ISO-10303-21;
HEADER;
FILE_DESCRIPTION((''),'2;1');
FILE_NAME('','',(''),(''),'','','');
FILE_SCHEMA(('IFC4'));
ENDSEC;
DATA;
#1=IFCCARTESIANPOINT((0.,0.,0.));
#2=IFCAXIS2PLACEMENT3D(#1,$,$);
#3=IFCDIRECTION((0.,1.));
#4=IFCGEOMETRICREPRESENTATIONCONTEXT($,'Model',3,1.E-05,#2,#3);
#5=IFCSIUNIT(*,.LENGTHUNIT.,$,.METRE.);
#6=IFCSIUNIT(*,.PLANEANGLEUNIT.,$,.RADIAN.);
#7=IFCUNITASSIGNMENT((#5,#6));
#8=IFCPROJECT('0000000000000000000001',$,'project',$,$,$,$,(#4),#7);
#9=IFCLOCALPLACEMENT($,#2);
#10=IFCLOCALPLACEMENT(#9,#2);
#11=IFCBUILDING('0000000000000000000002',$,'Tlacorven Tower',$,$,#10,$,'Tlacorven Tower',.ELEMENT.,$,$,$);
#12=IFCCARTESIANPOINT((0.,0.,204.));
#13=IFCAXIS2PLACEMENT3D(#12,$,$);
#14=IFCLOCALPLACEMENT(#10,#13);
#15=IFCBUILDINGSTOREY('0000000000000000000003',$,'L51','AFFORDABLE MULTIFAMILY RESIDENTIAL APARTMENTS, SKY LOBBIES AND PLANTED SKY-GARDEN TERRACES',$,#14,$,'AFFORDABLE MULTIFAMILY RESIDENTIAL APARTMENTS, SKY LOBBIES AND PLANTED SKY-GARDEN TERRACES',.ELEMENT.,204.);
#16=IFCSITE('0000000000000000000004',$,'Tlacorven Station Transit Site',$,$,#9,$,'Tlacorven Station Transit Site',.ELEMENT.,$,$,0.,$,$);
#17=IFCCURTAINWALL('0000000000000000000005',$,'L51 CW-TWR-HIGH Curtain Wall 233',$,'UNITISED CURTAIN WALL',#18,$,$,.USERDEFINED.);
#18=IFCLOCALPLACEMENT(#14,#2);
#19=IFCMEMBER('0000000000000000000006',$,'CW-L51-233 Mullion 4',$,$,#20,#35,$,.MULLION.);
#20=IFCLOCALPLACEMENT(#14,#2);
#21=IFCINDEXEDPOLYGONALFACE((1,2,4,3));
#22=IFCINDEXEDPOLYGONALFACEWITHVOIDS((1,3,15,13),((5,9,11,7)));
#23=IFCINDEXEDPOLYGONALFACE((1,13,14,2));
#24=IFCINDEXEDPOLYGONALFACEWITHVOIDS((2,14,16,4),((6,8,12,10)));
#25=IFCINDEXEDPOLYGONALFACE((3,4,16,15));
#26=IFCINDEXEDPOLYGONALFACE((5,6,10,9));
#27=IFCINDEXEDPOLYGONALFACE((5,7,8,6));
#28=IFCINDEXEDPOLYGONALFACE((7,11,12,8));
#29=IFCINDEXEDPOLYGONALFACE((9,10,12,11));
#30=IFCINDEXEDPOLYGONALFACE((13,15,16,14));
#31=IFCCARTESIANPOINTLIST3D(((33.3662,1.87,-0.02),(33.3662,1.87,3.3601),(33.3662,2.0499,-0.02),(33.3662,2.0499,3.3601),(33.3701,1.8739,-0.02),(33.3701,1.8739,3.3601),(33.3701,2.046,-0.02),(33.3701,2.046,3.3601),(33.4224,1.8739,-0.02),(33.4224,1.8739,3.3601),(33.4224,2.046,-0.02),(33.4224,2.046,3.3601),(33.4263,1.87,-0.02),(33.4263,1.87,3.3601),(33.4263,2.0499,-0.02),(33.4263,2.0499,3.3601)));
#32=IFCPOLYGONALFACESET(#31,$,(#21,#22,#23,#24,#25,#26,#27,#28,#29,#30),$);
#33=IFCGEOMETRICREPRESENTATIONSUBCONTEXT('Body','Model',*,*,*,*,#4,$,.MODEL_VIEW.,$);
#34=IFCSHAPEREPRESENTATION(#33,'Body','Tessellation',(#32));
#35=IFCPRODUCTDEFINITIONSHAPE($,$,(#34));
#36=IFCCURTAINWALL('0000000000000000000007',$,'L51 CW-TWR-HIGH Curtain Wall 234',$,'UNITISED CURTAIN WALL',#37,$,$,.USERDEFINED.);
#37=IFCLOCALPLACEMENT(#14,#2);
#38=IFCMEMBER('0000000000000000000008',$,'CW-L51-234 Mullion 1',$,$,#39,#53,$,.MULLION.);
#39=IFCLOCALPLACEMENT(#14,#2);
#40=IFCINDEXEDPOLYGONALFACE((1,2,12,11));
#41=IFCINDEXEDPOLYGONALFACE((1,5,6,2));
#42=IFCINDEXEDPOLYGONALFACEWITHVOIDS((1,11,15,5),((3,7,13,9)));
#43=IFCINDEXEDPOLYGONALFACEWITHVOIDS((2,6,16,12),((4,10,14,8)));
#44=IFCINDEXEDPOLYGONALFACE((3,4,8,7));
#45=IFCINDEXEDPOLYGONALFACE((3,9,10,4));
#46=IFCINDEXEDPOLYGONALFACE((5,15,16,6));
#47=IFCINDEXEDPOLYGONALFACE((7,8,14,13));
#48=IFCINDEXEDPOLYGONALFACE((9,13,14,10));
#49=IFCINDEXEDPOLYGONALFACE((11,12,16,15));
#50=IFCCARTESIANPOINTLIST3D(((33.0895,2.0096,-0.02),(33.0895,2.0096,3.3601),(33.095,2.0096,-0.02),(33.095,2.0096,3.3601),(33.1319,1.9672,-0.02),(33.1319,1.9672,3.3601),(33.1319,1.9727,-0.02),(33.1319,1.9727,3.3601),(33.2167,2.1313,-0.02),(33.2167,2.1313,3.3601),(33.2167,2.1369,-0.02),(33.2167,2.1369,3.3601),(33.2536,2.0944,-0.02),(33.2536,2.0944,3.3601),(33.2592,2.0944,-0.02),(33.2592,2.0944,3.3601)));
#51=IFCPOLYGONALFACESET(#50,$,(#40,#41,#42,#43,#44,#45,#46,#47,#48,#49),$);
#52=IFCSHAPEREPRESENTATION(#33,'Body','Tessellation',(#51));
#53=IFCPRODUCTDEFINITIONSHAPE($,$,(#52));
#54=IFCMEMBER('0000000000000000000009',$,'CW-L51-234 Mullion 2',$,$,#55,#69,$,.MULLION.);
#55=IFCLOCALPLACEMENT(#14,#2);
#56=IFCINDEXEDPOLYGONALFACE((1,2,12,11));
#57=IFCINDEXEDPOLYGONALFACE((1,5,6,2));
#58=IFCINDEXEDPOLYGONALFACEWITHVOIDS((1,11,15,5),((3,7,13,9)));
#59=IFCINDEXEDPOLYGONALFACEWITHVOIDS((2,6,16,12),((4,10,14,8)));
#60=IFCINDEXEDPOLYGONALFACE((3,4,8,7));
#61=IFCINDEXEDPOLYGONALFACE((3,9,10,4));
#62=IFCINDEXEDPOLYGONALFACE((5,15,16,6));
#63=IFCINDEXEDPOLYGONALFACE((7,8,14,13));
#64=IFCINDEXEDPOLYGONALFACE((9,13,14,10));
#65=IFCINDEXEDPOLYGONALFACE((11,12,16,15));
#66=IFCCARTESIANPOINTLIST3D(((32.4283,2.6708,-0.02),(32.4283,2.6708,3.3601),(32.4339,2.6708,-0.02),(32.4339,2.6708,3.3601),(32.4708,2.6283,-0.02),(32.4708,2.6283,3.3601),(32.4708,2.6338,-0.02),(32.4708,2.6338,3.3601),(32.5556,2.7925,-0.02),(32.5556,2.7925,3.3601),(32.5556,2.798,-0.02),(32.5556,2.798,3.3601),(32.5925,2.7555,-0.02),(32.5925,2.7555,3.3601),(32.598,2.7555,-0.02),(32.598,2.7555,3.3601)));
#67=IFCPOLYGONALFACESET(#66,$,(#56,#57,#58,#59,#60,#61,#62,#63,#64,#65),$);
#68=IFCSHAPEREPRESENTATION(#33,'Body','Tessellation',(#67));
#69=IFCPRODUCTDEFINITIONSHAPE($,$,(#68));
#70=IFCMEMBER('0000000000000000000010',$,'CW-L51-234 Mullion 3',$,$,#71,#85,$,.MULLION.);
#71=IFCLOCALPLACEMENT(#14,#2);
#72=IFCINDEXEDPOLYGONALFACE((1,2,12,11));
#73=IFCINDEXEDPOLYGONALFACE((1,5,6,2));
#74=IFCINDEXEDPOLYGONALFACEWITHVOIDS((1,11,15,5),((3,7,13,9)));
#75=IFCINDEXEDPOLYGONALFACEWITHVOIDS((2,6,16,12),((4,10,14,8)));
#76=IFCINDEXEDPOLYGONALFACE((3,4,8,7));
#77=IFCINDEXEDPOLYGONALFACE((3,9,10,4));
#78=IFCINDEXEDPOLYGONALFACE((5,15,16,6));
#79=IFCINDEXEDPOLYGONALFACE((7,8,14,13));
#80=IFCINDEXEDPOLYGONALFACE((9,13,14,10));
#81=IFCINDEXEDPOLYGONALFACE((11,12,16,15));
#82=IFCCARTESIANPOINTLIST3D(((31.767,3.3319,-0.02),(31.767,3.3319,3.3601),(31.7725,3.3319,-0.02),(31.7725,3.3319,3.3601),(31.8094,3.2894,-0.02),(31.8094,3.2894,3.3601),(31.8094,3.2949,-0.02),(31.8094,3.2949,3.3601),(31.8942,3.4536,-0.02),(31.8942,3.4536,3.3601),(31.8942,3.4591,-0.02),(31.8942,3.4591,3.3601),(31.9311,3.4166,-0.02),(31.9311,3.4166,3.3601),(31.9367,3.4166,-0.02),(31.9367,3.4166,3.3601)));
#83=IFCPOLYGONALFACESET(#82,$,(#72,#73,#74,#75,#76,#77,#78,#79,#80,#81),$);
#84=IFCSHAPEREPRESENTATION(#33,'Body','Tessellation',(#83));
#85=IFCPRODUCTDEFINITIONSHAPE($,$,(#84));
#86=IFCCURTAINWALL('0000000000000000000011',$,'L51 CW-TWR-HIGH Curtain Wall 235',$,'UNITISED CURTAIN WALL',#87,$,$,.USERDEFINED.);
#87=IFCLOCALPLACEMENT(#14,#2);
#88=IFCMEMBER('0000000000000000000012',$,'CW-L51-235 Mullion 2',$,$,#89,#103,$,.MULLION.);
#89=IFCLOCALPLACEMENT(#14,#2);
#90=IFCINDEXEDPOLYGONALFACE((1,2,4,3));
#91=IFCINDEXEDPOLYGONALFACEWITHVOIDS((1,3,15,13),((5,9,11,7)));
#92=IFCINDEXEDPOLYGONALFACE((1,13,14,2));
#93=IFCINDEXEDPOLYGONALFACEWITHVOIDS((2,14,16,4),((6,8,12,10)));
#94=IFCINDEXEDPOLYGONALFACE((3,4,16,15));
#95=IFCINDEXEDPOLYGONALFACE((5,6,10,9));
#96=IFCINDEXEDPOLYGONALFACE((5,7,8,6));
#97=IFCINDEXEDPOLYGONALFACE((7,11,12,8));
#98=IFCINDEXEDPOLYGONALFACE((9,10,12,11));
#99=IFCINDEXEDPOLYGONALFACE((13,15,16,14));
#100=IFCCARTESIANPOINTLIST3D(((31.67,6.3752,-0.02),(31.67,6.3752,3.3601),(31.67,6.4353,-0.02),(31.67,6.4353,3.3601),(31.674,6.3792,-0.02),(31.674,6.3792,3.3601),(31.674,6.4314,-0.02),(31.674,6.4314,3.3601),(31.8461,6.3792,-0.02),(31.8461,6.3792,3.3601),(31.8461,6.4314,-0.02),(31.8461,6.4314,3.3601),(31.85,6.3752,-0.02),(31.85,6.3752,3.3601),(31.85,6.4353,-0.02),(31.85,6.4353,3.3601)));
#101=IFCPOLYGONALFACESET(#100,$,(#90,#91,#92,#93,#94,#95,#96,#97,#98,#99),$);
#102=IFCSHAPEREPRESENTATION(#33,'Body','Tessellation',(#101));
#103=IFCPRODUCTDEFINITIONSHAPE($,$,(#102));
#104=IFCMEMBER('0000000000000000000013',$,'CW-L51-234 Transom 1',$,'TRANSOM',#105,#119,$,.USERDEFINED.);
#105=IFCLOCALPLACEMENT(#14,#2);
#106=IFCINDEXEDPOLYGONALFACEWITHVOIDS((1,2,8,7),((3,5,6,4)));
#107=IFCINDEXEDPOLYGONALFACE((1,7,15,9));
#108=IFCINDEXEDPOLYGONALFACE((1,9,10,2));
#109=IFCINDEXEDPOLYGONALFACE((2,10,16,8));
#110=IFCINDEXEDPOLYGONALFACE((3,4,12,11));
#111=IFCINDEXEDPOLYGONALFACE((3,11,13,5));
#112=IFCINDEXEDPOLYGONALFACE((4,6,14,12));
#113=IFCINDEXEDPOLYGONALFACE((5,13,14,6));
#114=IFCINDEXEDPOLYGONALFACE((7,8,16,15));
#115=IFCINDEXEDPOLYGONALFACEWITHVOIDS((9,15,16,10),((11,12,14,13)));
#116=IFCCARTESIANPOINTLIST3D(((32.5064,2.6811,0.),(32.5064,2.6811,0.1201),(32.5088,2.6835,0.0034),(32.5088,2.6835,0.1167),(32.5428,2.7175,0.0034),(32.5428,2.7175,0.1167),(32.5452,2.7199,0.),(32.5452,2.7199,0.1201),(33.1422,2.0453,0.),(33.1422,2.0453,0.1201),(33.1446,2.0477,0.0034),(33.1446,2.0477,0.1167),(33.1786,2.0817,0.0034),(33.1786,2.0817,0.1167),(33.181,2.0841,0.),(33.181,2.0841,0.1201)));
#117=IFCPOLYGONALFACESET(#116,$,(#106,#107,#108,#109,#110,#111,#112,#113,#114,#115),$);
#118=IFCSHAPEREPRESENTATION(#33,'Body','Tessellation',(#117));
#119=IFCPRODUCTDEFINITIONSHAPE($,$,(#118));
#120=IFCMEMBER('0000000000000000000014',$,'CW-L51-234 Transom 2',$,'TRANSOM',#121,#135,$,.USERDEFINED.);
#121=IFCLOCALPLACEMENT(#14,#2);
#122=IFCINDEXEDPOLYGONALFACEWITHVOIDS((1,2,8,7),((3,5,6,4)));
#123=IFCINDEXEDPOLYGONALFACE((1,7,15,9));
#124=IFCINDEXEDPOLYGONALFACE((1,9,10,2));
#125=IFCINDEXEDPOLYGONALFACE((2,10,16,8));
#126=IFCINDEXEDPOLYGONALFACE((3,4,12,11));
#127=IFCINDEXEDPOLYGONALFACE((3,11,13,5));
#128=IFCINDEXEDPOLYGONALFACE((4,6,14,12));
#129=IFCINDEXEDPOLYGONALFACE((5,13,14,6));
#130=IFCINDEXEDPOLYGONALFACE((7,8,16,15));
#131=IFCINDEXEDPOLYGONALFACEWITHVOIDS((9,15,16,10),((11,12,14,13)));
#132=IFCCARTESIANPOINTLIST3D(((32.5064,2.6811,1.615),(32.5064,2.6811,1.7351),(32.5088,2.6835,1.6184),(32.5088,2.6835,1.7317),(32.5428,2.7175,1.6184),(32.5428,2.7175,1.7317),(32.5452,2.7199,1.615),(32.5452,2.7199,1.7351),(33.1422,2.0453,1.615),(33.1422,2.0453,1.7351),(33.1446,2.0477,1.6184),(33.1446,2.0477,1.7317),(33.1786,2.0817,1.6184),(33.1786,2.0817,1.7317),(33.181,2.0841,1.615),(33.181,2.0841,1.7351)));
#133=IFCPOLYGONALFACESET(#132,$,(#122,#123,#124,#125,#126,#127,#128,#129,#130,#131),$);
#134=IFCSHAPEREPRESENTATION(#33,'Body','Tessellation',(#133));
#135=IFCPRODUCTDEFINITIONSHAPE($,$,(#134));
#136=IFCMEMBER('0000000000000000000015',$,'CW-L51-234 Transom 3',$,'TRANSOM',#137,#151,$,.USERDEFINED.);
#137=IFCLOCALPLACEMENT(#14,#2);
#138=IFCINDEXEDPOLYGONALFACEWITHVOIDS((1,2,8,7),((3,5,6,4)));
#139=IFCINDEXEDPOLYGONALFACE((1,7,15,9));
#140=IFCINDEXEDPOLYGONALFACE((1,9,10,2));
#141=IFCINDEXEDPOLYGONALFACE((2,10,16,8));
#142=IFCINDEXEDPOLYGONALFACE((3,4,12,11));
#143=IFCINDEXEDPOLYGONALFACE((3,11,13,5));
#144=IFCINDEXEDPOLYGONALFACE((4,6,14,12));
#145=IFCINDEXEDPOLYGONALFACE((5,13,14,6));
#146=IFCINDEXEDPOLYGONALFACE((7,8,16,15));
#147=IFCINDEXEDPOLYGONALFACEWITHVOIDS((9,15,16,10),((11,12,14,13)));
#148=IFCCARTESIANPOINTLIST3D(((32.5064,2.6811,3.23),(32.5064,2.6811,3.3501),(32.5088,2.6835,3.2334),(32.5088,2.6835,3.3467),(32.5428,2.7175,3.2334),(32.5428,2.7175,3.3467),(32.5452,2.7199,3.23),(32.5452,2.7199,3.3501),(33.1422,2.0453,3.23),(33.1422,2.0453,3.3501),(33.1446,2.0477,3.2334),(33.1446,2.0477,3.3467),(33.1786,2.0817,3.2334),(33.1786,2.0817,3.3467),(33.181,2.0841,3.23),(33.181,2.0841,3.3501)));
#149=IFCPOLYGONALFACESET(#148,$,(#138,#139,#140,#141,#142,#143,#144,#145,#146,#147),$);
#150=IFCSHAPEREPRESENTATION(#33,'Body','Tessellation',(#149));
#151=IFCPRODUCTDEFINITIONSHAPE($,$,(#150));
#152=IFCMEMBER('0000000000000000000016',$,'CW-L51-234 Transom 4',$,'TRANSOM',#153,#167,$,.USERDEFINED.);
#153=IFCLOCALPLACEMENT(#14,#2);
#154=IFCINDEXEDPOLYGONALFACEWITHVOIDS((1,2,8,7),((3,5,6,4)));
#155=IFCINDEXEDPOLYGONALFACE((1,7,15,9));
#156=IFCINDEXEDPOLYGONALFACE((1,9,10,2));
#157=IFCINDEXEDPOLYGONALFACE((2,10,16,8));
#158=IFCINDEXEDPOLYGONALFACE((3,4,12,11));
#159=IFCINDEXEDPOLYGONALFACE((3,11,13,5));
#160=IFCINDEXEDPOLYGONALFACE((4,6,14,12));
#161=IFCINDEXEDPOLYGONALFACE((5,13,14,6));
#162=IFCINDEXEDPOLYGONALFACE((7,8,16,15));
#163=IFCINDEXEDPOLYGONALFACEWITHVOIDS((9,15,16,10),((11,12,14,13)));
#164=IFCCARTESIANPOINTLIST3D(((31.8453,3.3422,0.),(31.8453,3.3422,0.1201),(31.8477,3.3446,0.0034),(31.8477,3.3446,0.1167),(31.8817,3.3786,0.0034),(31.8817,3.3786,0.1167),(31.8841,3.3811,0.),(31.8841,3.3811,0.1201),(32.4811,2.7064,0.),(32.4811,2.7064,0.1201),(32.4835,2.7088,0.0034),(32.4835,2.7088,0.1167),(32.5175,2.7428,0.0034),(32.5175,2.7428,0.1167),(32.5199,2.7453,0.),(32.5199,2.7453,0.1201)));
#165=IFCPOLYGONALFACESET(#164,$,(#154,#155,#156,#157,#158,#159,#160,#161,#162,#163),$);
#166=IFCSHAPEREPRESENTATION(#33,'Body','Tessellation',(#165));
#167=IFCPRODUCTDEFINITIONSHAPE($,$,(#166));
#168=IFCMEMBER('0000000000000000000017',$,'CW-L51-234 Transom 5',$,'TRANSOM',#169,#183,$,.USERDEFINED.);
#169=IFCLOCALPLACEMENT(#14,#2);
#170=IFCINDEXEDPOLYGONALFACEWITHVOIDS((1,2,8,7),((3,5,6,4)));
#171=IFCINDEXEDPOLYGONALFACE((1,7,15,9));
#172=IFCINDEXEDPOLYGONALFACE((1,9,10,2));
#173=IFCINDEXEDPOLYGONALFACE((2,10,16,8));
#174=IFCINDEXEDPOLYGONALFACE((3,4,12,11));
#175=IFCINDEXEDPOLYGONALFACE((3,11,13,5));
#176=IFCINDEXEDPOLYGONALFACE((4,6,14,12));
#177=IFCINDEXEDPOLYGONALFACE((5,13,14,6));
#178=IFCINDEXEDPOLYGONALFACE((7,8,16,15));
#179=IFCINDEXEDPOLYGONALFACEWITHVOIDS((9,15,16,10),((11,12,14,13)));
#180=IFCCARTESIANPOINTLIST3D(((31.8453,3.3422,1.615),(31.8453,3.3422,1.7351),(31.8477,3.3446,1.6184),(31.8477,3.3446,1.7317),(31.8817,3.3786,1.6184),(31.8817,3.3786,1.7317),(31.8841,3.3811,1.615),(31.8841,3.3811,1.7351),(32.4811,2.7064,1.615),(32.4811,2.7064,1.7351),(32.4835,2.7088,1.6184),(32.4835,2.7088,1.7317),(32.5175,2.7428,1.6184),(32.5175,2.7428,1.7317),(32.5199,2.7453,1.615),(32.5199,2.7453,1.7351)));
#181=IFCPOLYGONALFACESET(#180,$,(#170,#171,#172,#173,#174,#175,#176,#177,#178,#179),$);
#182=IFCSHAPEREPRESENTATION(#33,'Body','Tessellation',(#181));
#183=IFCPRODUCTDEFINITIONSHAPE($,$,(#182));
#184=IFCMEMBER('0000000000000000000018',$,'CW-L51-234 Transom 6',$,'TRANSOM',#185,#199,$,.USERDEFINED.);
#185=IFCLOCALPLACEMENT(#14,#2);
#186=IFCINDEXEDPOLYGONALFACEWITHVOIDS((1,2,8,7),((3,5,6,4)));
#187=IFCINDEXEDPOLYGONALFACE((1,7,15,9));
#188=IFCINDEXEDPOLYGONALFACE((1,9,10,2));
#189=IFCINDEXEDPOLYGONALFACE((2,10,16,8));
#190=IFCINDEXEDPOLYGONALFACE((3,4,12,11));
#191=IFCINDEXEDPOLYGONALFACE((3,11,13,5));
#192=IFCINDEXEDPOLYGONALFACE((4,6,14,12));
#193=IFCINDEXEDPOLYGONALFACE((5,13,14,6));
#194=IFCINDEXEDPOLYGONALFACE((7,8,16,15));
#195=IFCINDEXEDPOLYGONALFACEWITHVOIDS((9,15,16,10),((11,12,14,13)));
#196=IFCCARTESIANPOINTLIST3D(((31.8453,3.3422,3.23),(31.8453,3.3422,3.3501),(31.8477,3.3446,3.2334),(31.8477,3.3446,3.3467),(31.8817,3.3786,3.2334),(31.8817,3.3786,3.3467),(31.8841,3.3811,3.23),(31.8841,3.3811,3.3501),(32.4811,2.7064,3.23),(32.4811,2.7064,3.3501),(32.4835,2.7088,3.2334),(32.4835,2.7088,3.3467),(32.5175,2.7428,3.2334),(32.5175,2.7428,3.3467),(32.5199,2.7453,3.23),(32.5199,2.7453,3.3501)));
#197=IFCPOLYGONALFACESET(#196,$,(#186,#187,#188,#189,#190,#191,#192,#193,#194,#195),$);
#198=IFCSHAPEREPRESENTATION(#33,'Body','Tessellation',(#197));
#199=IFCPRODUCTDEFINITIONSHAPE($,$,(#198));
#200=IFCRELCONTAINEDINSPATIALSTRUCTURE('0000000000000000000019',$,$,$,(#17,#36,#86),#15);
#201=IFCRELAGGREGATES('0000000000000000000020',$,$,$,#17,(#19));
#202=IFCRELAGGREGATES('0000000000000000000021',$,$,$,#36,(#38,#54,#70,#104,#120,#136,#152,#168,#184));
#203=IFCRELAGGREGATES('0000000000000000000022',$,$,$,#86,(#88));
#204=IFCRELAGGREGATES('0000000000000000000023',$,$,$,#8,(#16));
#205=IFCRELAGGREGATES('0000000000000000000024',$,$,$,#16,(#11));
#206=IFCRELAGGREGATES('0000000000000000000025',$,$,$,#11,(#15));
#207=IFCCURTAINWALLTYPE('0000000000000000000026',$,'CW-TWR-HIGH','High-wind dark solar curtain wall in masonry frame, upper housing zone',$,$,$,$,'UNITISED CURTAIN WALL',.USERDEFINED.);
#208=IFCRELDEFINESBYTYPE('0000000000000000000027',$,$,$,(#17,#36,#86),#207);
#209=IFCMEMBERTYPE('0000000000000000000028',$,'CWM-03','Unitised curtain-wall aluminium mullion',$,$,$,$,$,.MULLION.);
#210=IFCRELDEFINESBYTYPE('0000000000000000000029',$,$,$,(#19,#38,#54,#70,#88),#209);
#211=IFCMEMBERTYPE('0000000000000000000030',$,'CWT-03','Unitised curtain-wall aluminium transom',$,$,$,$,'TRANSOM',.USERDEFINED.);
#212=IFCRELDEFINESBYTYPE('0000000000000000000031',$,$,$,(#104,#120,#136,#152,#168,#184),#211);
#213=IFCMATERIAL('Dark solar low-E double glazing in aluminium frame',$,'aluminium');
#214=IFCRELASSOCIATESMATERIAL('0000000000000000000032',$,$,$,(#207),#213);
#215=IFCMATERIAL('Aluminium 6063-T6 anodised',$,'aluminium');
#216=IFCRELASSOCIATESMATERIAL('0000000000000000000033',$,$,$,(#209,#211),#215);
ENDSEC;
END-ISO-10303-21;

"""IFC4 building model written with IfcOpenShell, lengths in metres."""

from ifc_helpers import new_model, si_unit, direction, frame, origin, origin_2d, place, context, subcontext, project, spatial, hollow_rectangle, extrude, source, transform, mapped, material, material_profile, profile_set, type_object, element, aggregate, save


model = new_model("IFC4")

# Units and contexts
model_context = context("Model", 3, precision=1e-05, world=origin(), true_north=direction((0.0, 1.0)))
body_context = subcontext(model_context, "Body", "Model", "MODEL_VIEW")
ifc_project = project(units=[si_unit("LENGTHUNIT", "METRE"), si_unit("PLANEANGLEUNIT", "RADIAN")], contexts=[model_context])

# Site, building, storey
site_placement = place(None, origin())
site = spatial("IfcSite", under=ifc_project, at=site_placement, Name="Tlacorven Station Transit Site", LongName="Tlacorven Station Transit Site", CompositionType="ELEMENT", RefElevation=0.0)
building_placement = place(site_placement, origin())
building = spatial("IfcBuilding", under=site, at=building_placement, Name="Tlacorven Tower", LongName="Tlacorven Tower", CompositionType="ELEMENT")
storey_placement = place(building_placement, frame((0.0, 0.0, 204.0)))
storey = spatial("IfcBuildingStorey", under=building, at=storey_placement, Name="L51", Description="AFFORDABLE MULTIFAMILY RESIDENTIAL APARTMENTS, SKY LOBBIES AND PLANTED SKY-GARDEN TERRACES", LongName="AFFORDABLE MULTIFAMILY RESIDENTIAL APARTMENTS, SKY LOBBIES AND PLANTED SKY-GARDEN TERRACES", CompositionType="ELEMENT", Elevation=204.0)

# Curtain wall, member
ifc_material_1 = material(Name="Dark solar low-E double glazing in aluminium frame", Category="aluminium")
curtain_wall_type = type_object("IfcCurtainWallType", Name="CW-TWR-HIGH", Description="High-wind dark solar curtain wall in masonry frame, upper housing zone", ElementType="UNITISED CURTAIN WALL", PredefinedType="USERDEFINED", material=ifc_material_1)
curtain_wall_1_placement = place(storey_placement, origin())
curtain_wall_1 = element("IfcCurtainWall", 1, at=curtain_wall_1_placement, inside=storey, type_object=curtain_wall_type, Name="L51 CW-TWR-HIGH Curtain Wall 233", ObjectType="UNITISED CURTAIN WALL", PredefinedType="USERDEFINED")
ifc_material_2 = material(Name="Aluminium 6063-T6 anodised", Category="aluminium")
ifc_material_profile_1 = material_profile(ifc_material_2, hollow_rectangle(XDim=0.0601, YDim=0.1799, WallThickness=0.0039, at=origin_2d()), Name="ALU MULLION 60X180")
ifc_profile_set_1 = profile_set([ifc_material_profile_1], Name="Aluminium 6063-T6 anodised")
member_type_1 = type_object("IfcMemberType", Name="CWM-03", Description="Unitised curtain-wall aluminium mullion", PredefinedType="MULLION", material=ifc_profile_set_1)
shared_shape_1 = source(origin(), body_context, "Body", "SweptSolid", [
    extrude(hollow_rectangle(XDim=0.0601, YDim=0.1799, WallThickness=0.0039, at=origin_2d()), origin(), (0.0, 0.0, 1.0), 3.3801),
])
member_1_placement = place(storey_placement, frame((33.3962, 1.96, -0.02), z_axis=(0.0, 0.0, 1.0), x_axis=(-1.0, 0.0, 0.0)))
member_1 = element("IfcMember", 2, at=member_1_placement, type_object=member_type_1, Name="CW-L51-233 Mullion 4", PredefinedType="MULLION", context=body_context, shape_type="MappedRepresentation", body=[
    mapped(shared_shape_1, transform((0.0, 0.0, 0.0), scale=1.0)),
])
aggregate(curtain_wall_1, [member_1])

# Curtain wall, members
curtain_wall_2_placement = place(storey_placement, origin())
curtain_wall_2 = element("IfcCurtainWall", 3, at=curtain_wall_2_placement, inside=storey, type_object=curtain_wall_type, Name="L51 CW-TWR-HIGH Curtain Wall 234", ObjectType="UNITISED CURTAIN WALL", PredefinedType="USERDEFINED")
member_2_placement = place(storey_placement, frame((33.1743, 2.052, -0.02), z_axis=(0.0, 0.0, 1.0), x_axis=(-0.707107, 0.707107, 0.0)))
member_2 = element("IfcMember", 4, at=member_2_placement, type_object=member_type_1, Name="CW-L51-234 Mullion 1", PredefinedType="MULLION", context=body_context, shape_type="MappedRepresentation", body=[
    mapped(shared_shape_1, transform((0.0, 0.0, 0.0), scale=1.0)),
])
member_3_placement = place(storey_placement, frame((32.5132, 2.7131, -0.02), z_axis=(0.0, 0.0, 1.0), x_axis=(-0.707107, 0.707107, 0.0)))
member_3 = element("IfcMember", 5, at=member_3_placement, type_object=member_type_1, Name="CW-L51-234 Mullion 2", PredefinedType="MULLION", context=body_context, shape_type="MappedRepresentation", body=[
    mapped(shared_shape_1, transform((0.0, 0.0, 0.0), scale=1.0)),
])
member_4_placement = place(storey_placement, frame((31.8518, 3.3743, -0.02), z_axis=(0.0, 0.0, 1.0), x_axis=(-0.707107, 0.707107, 0.0)))
member_4 = element("IfcMember", 6, at=member_4_placement, type_object=member_type_1, Name="CW-L51-234 Mullion 3", PredefinedType="MULLION", context=body_context, shape_type="MappedRepresentation", body=[
    mapped(shared_shape_1, transform((0.0, 0.0, 0.0), scale=1.0)),
])

# Curtain wall, member
curtain_wall_3_placement = place(storey_placement, origin())
curtain_wall_3 = element("IfcCurtainWall", 7, at=curtain_wall_3_placement, inside=storey, type_object=curtain_wall_type, Name="L51 CW-TWR-HIGH Curtain Wall 235", ObjectType="UNITISED CURTAIN WALL", PredefinedType="USERDEFINED")
member_5_placement = place(storey_placement, frame((31.76, 6.4053, -0.02), z_axis=(0.0, 0.0, 1.0), x_axis=(0.0, 1.0, 0.0)))
member_5 = element("IfcMember", 8, at=member_5_placement, type_object=member_type_1, Name="CW-L51-235 Mullion 2", PredefinedType="MULLION", context=body_context, shape_type="MappedRepresentation", body=[
    mapped(shared_shape_1, transform((0.0, 0.0, 0.0), scale=1.0)),
])

# Members
ifc_material_profile_2 = material_profile(ifc_material_2, hollow_rectangle(XDim=0.0549, YDim=0.1201, WallThickness=0.0034, at=origin_2d()), Name="ALU TRANSOM 55X120")
ifc_profile_set_2 = profile_set([ifc_material_profile_2], Name="Aluminium 6063-T6 anodised")
member_type_2 = type_object("IfcMemberType", Name="CWT-03", Description="Unitised curtain-wall aluminium transom", ElementType="TRANSOM", PredefinedType="USERDEFINED", material=ifc_profile_set_2)
shared_shape_2 = source(origin(), body_context, "Body", "SweptSolid", [
    extrude(hollow_rectangle(XDim=0.0549, YDim=0.1201, WallThickness=0.0034, at=origin_2d()), origin(), (0.0, 0.0, 1.0), 0.8992),
])
member_6_placement = place(storey_placement, frame((33.1616, 2.0647, 0.0601), z_axis=(-0.707107, 0.707107, 0.0), x_axis=(-0.707107, -0.707107, 0.0)))
member_6 = element("IfcMember", 9, at=member_6_placement, type_object=member_type_2, Name="CW-L51-234 Transom 1", ObjectType="TRANSOM", PredefinedType="USERDEFINED", context=body_context, shape_type="MappedRepresentation", body=[
    mapped(shared_shape_2, transform((0.0, 0.0, 0.0), scale=1.0)),
])
member_7_placement = place(storey_placement, frame((33.1616, 2.0647, 1.675), z_axis=(-0.707107, 0.707107, 0.0), x_axis=(-0.707107, -0.707107, 0.0)))
member_7 = element("IfcMember", 10, at=member_7_placement, type_object=member_type_2, Name="CW-L51-234 Transom 2", ObjectType="TRANSOM", PredefinedType="USERDEFINED", context=body_context, shape_type="MappedRepresentation", body=[
    mapped(shared_shape_2, transform((0.0, 0.0, 0.0), scale=1.0)),
])
member_8_placement = place(storey_placement, frame((33.1616, 2.0647, 3.29), z_axis=(-0.707107, 0.707107, 0.0), x_axis=(-0.707107, -0.707107, 0.0)))
member_8 = element("IfcMember", 11, at=member_8_placement, type_object=member_type_2, Name="CW-L51-234 Transom 3", ObjectType="TRANSOM", PredefinedType="USERDEFINED", context=body_context, shape_type="MappedRepresentation", body=[
    mapped(shared_shape_2, transform((0.0, 0.0, 0.0), scale=1.0)),
])
member_9_placement = place(storey_placement, frame((32.5005, 2.7258, 0.0601), z_axis=(-0.707107, 0.707107, 0.0), x_axis=(-0.707107, -0.707107, 0.0)))
member_9 = element("IfcMember", 12, at=member_9_placement, type_object=member_type_2, Name="CW-L51-234 Transom 4", ObjectType="TRANSOM", PredefinedType="USERDEFINED", context=body_context, shape_type="MappedRepresentation", body=[
    mapped(shared_shape_2, transform((0.0, 0.0, 0.0), scale=1.0)),
])
member_10_placement = place(storey_placement, frame((32.5005, 2.7258, 1.675), z_axis=(-0.707107, 0.707107, 0.0), x_axis=(-0.707107, -0.707107, 0.0)))
member_10 = element("IfcMember", 13, at=member_10_placement, type_object=member_type_2, Name="CW-L51-234 Transom 5", ObjectType="TRANSOM", PredefinedType="USERDEFINED", context=body_context, shape_type="MappedRepresentation", body=[
    mapped(shared_shape_2, transform((0.0, 0.0, 0.0), scale=1.0)),
])
member_11_placement = place(storey_placement, frame((32.5005, 2.7258, 3.29), z_axis=(-0.707107, 0.707107, 0.0), x_axis=(-0.707107, -0.707107, 0.0)))
member_11 = element("IfcMember", 14, at=member_11_placement, type_object=member_type_2, Name="CW-L51-234 Transom 6", ObjectType="TRANSOM", PredefinedType="USERDEFINED", context=body_context, shape_type="MappedRepresentation", body=[
    mapped(shared_shape_2, transform((0.0, 0.0, 0.0), scale=1.0)),
])

aggregate(curtain_wall_2, [member_2, member_3, member_4, member_6, member_7, member_8, member_9, member_10, member_11])
aggregate(curtain_wall_3, [member_5])

save(model, "model.ifc")
